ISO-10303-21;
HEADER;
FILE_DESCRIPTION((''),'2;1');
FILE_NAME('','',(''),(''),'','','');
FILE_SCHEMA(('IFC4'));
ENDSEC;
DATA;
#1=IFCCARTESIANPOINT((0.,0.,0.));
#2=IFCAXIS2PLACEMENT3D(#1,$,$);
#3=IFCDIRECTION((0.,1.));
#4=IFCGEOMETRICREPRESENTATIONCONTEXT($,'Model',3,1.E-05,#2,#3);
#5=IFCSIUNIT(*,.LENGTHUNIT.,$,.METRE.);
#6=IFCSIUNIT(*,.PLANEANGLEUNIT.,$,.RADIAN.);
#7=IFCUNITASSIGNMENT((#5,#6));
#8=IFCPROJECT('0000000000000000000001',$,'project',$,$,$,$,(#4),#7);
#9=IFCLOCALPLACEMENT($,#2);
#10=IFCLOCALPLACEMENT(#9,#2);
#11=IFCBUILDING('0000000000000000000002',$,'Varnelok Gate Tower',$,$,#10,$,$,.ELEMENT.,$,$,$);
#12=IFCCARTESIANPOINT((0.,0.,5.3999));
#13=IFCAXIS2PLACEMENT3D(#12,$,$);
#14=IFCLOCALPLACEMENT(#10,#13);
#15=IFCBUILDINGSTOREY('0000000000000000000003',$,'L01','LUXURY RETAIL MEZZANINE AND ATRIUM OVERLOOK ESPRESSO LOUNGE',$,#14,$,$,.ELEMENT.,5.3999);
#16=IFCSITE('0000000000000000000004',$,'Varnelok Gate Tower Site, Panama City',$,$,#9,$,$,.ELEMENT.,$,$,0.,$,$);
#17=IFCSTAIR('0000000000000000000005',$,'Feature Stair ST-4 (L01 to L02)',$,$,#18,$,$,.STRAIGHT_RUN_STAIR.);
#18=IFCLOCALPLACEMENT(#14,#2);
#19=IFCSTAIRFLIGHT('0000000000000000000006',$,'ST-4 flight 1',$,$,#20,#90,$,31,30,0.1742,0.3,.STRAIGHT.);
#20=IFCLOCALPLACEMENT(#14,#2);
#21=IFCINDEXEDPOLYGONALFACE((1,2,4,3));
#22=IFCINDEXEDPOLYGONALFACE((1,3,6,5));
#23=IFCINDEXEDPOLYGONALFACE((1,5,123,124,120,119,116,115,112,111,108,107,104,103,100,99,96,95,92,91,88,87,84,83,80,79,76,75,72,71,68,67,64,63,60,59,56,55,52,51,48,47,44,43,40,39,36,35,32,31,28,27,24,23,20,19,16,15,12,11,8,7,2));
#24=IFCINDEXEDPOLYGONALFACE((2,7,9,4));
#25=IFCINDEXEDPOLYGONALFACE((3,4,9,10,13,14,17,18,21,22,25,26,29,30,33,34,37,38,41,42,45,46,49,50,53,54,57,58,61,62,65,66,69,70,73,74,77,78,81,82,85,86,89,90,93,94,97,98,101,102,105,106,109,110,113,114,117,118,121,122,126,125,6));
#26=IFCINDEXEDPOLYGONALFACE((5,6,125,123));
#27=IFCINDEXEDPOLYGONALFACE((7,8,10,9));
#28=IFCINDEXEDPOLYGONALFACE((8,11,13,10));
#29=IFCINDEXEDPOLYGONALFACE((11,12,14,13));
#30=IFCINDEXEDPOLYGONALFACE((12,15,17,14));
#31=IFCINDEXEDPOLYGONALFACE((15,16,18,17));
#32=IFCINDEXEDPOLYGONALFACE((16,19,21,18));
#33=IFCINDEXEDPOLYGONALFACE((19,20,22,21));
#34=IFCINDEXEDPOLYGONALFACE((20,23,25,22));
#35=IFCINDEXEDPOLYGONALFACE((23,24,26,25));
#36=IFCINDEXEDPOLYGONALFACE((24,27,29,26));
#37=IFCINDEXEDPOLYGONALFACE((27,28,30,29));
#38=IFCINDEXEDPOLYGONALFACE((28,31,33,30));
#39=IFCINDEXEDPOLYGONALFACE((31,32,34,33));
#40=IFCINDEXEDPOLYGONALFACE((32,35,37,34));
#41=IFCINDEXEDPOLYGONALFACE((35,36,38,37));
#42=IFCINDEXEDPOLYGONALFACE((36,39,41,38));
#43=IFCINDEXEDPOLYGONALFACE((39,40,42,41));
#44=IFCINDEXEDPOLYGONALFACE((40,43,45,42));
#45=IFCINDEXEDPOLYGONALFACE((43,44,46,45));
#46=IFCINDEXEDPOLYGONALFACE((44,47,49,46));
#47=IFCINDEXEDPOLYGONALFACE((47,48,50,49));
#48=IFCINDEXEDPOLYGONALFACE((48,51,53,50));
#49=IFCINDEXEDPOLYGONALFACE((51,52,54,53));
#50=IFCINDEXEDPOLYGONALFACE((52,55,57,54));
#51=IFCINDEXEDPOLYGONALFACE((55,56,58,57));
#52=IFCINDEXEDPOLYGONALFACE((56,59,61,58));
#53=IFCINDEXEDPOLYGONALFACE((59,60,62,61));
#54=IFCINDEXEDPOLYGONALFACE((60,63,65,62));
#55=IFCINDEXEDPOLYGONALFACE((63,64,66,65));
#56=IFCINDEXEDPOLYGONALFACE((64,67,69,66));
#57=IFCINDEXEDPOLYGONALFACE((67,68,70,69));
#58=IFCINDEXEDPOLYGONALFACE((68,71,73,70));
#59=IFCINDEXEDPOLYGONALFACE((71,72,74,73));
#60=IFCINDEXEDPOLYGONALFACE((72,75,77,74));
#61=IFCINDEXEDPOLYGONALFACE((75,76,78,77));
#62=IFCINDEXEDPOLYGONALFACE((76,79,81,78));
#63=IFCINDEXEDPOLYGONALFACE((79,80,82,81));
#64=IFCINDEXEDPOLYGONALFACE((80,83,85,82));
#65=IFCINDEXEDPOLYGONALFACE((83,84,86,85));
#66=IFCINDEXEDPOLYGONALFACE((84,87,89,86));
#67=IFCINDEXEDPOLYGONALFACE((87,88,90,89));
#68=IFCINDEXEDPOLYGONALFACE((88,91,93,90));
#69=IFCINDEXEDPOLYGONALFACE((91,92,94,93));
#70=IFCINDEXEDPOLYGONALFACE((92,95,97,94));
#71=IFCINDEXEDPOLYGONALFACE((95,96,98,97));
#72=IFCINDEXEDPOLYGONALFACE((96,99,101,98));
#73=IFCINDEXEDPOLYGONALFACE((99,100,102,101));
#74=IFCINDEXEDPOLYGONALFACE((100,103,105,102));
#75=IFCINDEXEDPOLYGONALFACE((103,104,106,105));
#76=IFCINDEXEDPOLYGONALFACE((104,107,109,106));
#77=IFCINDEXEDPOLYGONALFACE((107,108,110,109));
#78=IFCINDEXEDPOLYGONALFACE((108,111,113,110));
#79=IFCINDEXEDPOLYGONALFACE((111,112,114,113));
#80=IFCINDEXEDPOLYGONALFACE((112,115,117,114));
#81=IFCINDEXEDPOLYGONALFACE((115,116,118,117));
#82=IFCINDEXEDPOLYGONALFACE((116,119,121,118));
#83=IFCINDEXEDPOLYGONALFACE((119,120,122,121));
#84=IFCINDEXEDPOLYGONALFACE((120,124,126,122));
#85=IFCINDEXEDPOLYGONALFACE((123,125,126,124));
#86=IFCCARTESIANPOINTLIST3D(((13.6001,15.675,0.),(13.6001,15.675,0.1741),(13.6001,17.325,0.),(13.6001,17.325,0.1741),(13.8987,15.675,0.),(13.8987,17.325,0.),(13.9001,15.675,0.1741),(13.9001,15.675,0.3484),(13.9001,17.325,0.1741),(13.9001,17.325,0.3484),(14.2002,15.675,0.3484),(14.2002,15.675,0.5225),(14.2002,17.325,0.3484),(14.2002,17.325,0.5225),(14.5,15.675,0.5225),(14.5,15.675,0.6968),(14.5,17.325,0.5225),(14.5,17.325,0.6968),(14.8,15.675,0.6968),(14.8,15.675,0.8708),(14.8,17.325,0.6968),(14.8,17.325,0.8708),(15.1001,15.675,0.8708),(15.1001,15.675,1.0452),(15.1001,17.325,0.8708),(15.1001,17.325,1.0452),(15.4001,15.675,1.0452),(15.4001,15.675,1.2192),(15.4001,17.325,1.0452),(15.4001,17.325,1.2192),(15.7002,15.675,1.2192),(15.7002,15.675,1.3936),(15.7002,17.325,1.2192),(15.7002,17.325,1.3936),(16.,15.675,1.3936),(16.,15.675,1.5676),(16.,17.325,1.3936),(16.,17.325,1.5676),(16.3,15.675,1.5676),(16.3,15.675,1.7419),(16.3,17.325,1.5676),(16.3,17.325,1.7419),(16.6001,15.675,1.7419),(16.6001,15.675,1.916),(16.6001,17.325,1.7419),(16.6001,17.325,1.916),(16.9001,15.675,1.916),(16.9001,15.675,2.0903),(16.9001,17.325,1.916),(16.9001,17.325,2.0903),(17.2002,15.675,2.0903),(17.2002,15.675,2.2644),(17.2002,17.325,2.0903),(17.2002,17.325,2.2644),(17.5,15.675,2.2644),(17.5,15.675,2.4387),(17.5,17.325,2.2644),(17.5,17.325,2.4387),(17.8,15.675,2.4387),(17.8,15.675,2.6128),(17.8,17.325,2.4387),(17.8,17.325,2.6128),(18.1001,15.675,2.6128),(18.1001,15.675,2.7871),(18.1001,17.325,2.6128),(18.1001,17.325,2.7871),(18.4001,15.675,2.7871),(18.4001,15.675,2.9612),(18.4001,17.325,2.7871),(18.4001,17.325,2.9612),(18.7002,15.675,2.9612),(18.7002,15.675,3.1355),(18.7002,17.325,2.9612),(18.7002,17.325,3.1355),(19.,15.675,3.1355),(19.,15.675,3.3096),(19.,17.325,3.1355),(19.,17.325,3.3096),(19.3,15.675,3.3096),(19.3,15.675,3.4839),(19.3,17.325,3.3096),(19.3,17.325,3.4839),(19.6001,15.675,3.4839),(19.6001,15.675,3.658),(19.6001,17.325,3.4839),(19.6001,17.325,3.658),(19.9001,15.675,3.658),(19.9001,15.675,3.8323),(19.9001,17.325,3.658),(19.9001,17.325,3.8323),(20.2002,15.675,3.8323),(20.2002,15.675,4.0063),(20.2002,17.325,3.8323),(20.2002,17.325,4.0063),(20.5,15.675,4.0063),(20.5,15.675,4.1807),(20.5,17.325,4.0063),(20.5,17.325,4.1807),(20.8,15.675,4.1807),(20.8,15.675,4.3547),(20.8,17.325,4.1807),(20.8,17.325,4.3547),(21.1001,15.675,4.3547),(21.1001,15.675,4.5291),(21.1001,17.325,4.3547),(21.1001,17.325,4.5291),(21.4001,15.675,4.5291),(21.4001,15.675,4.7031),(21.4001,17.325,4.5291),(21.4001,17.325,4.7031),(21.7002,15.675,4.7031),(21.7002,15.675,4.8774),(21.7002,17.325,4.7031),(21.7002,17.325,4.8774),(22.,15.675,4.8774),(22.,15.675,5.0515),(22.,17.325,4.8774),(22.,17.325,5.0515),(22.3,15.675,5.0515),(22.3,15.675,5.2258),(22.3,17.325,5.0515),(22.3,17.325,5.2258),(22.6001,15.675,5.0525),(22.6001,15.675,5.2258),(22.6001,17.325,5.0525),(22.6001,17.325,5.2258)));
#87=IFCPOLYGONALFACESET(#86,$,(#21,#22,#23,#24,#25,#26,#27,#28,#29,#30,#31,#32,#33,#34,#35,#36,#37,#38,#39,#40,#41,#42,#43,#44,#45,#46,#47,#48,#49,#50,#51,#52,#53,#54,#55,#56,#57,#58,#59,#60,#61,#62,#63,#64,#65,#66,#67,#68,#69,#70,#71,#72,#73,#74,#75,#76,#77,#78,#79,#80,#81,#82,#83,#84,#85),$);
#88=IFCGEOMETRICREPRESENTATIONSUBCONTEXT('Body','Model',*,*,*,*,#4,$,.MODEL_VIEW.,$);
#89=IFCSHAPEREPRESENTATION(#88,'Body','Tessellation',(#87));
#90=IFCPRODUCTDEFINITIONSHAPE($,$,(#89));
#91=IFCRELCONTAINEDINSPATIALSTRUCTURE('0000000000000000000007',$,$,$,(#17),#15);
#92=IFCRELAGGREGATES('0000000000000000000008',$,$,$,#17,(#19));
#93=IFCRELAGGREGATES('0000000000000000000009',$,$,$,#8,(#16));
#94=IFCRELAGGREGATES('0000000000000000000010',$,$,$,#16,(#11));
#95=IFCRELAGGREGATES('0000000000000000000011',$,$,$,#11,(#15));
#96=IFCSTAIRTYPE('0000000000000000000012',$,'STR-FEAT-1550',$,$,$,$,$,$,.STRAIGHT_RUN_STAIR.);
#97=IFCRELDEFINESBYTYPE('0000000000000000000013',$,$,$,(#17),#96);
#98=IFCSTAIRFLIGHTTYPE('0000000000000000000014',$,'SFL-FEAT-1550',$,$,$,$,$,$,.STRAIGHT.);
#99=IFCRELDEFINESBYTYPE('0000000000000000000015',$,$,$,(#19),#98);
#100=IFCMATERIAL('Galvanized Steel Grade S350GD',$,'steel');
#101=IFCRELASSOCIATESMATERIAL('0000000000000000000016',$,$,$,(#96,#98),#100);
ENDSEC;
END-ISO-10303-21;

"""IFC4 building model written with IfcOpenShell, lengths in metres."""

from ifc_helpers import new_model, si_unit, direction, frame, origin, place, context, subcontext, project, spatial, polyline, outline, extrude, material, type_object, element, aggregate, save


model = new_model("IFC4")

# Units and contexts
model_context = context("Model", 3, precision=1e-05, world=origin(), true_north=direction((0.0, 1.0)))
body_context = subcontext(model_context, "Body", "Model", "MODEL_VIEW")
ifc_project = project(units=[si_unit("LENGTHUNIT", "METRE"), si_unit("PLANEANGLEUNIT", "RADIAN")], contexts=[model_context])

# Site, building, storey
site_placement = place(None, origin())
site = spatial("IfcSite", under=ifc_project, at=site_placement, Name="Varnelok Gate Tower Site, Panama City", CompositionType="ELEMENT", RefElevation=0.0)
building_placement = place(site_placement, origin())
building = spatial("IfcBuilding", under=site, at=building_placement, Name="Varnelok Gate Tower", CompositionType="ELEMENT")
storey_placement = place(building_placement, frame((0.0, 0.0, 5.3999)))
storey = spatial("IfcBuildingStorey", under=building, at=storey_placement, Name="L01", Description="LUXURY RETAIL MEZZANINE AND ATRIUM OVERLOOK ESPRESSO LOUNGE", CompositionType="ELEMENT", Elevation=5.3999)

# Stair, stair flight
ifc_material_1 = material(Name="Galvanized Steel Grade S350GD", Category="steel")
stair_type = type_object("IfcStairType", Name="STR-FEAT-1550", PredefinedType="STRAIGHT_RUN_STAIR", material=ifc_material_1)
stair_placement = place(storey_placement, origin())
stair = element("IfcStair", 1, at=stair_placement, inside=storey, type_object=stair_type, Name="Feature Stair ST-4 (L01 to L02)", PredefinedType="STRAIGHT_RUN_STAIR")
stair_flight_type = type_object("IfcStairFlightType", Name="SFL-FEAT-1550", PredefinedType="STRAIGHT", material=ifc_material_1)
stair_flight_placement = place(storey_placement, frame((13.6001, 16.5, 0.0), z_axis=(0.0, 0.0, 1.0), x_axis=(1.0, 0.0, 0.0)))
stair_flight = element("IfcStairFlight", 2, at=stair_flight_placement, type_object=stair_flight_type, Name="ST-4 flight 1", NumberOfRisers=31, NumberOfTreads=30, PredefinedType="STRAIGHT", RiserHeight=0.1742, TreadLength=0.3, context=body_context, shape_type="SweptSolid", body=[
    extrude(outline(polyline([(0.0, 0.0), (0.0, 0.1741), (0.3, 0.1741), (0.3, 0.3484), (0.6001, 0.3484), (0.6001, 0.5225), (0.8999, 0.5225), (0.8999, 0.6968), (1.2, 0.6968), (1.2, 0.8708), (1.5, 0.8708), (1.5, 1.0452), (1.8, 1.0452), (1.8, 1.2192), (2.1001, 1.2192), (2.1001, 1.3936), (2.3999, 1.3936), (2.3999, 1.5676), (2.7, 1.5676), (2.7, 1.7419), (3.0, 1.7419), (3.0, 1.916), (3.3, 1.916), (3.3, 2.0903), (3.6001, 2.0903), (3.6001, 2.2644), (3.8999, 2.2644), (3.8999, 2.4387), (4.2, 2.4387), (4.2, 2.6128), (4.5, 2.6128), (4.5, 2.7871), (4.8, 2.7871), (4.8, 2.9612), (5.1001, 2.9612), (5.1001, 3.1355), (5.3999, 3.1355), (5.3999, 3.3096), (5.7, 3.3096), (5.7, 3.4839), (6.0, 3.4839), (6.0, 3.658), (6.3, 3.658), (6.3, 3.8323), (6.6001, 3.8323), (6.6001, 4.0063), (6.8999, 4.0063), (6.8999, 4.1807), (7.2, 4.1807), (7.2, 4.3547), (7.5, 4.3547), (7.5, 4.5291), (7.8, 4.5291), (7.8, 4.7031), (8.1001, 4.7031), (8.1001, 4.8774), (8.3999, 4.8774), (8.3999, 5.0515), (8.7, 5.0515), (8.7, 5.2258), (9.0, 5.2258), (9.0, 5.3999), (9.0, 5.0525), (0.2986, 0.0), (0.0, 0.0)])), frame((0.0, 0.825, 0.0), z_axis=(0.0, -1.0, 0.0), x_axis=(1.0, 0.0, 0.0)), (0.0, 0.0, 1.0), 1.6499),
])
aggregate(stair, [stair_flight])

save(model, "model.ifc")
